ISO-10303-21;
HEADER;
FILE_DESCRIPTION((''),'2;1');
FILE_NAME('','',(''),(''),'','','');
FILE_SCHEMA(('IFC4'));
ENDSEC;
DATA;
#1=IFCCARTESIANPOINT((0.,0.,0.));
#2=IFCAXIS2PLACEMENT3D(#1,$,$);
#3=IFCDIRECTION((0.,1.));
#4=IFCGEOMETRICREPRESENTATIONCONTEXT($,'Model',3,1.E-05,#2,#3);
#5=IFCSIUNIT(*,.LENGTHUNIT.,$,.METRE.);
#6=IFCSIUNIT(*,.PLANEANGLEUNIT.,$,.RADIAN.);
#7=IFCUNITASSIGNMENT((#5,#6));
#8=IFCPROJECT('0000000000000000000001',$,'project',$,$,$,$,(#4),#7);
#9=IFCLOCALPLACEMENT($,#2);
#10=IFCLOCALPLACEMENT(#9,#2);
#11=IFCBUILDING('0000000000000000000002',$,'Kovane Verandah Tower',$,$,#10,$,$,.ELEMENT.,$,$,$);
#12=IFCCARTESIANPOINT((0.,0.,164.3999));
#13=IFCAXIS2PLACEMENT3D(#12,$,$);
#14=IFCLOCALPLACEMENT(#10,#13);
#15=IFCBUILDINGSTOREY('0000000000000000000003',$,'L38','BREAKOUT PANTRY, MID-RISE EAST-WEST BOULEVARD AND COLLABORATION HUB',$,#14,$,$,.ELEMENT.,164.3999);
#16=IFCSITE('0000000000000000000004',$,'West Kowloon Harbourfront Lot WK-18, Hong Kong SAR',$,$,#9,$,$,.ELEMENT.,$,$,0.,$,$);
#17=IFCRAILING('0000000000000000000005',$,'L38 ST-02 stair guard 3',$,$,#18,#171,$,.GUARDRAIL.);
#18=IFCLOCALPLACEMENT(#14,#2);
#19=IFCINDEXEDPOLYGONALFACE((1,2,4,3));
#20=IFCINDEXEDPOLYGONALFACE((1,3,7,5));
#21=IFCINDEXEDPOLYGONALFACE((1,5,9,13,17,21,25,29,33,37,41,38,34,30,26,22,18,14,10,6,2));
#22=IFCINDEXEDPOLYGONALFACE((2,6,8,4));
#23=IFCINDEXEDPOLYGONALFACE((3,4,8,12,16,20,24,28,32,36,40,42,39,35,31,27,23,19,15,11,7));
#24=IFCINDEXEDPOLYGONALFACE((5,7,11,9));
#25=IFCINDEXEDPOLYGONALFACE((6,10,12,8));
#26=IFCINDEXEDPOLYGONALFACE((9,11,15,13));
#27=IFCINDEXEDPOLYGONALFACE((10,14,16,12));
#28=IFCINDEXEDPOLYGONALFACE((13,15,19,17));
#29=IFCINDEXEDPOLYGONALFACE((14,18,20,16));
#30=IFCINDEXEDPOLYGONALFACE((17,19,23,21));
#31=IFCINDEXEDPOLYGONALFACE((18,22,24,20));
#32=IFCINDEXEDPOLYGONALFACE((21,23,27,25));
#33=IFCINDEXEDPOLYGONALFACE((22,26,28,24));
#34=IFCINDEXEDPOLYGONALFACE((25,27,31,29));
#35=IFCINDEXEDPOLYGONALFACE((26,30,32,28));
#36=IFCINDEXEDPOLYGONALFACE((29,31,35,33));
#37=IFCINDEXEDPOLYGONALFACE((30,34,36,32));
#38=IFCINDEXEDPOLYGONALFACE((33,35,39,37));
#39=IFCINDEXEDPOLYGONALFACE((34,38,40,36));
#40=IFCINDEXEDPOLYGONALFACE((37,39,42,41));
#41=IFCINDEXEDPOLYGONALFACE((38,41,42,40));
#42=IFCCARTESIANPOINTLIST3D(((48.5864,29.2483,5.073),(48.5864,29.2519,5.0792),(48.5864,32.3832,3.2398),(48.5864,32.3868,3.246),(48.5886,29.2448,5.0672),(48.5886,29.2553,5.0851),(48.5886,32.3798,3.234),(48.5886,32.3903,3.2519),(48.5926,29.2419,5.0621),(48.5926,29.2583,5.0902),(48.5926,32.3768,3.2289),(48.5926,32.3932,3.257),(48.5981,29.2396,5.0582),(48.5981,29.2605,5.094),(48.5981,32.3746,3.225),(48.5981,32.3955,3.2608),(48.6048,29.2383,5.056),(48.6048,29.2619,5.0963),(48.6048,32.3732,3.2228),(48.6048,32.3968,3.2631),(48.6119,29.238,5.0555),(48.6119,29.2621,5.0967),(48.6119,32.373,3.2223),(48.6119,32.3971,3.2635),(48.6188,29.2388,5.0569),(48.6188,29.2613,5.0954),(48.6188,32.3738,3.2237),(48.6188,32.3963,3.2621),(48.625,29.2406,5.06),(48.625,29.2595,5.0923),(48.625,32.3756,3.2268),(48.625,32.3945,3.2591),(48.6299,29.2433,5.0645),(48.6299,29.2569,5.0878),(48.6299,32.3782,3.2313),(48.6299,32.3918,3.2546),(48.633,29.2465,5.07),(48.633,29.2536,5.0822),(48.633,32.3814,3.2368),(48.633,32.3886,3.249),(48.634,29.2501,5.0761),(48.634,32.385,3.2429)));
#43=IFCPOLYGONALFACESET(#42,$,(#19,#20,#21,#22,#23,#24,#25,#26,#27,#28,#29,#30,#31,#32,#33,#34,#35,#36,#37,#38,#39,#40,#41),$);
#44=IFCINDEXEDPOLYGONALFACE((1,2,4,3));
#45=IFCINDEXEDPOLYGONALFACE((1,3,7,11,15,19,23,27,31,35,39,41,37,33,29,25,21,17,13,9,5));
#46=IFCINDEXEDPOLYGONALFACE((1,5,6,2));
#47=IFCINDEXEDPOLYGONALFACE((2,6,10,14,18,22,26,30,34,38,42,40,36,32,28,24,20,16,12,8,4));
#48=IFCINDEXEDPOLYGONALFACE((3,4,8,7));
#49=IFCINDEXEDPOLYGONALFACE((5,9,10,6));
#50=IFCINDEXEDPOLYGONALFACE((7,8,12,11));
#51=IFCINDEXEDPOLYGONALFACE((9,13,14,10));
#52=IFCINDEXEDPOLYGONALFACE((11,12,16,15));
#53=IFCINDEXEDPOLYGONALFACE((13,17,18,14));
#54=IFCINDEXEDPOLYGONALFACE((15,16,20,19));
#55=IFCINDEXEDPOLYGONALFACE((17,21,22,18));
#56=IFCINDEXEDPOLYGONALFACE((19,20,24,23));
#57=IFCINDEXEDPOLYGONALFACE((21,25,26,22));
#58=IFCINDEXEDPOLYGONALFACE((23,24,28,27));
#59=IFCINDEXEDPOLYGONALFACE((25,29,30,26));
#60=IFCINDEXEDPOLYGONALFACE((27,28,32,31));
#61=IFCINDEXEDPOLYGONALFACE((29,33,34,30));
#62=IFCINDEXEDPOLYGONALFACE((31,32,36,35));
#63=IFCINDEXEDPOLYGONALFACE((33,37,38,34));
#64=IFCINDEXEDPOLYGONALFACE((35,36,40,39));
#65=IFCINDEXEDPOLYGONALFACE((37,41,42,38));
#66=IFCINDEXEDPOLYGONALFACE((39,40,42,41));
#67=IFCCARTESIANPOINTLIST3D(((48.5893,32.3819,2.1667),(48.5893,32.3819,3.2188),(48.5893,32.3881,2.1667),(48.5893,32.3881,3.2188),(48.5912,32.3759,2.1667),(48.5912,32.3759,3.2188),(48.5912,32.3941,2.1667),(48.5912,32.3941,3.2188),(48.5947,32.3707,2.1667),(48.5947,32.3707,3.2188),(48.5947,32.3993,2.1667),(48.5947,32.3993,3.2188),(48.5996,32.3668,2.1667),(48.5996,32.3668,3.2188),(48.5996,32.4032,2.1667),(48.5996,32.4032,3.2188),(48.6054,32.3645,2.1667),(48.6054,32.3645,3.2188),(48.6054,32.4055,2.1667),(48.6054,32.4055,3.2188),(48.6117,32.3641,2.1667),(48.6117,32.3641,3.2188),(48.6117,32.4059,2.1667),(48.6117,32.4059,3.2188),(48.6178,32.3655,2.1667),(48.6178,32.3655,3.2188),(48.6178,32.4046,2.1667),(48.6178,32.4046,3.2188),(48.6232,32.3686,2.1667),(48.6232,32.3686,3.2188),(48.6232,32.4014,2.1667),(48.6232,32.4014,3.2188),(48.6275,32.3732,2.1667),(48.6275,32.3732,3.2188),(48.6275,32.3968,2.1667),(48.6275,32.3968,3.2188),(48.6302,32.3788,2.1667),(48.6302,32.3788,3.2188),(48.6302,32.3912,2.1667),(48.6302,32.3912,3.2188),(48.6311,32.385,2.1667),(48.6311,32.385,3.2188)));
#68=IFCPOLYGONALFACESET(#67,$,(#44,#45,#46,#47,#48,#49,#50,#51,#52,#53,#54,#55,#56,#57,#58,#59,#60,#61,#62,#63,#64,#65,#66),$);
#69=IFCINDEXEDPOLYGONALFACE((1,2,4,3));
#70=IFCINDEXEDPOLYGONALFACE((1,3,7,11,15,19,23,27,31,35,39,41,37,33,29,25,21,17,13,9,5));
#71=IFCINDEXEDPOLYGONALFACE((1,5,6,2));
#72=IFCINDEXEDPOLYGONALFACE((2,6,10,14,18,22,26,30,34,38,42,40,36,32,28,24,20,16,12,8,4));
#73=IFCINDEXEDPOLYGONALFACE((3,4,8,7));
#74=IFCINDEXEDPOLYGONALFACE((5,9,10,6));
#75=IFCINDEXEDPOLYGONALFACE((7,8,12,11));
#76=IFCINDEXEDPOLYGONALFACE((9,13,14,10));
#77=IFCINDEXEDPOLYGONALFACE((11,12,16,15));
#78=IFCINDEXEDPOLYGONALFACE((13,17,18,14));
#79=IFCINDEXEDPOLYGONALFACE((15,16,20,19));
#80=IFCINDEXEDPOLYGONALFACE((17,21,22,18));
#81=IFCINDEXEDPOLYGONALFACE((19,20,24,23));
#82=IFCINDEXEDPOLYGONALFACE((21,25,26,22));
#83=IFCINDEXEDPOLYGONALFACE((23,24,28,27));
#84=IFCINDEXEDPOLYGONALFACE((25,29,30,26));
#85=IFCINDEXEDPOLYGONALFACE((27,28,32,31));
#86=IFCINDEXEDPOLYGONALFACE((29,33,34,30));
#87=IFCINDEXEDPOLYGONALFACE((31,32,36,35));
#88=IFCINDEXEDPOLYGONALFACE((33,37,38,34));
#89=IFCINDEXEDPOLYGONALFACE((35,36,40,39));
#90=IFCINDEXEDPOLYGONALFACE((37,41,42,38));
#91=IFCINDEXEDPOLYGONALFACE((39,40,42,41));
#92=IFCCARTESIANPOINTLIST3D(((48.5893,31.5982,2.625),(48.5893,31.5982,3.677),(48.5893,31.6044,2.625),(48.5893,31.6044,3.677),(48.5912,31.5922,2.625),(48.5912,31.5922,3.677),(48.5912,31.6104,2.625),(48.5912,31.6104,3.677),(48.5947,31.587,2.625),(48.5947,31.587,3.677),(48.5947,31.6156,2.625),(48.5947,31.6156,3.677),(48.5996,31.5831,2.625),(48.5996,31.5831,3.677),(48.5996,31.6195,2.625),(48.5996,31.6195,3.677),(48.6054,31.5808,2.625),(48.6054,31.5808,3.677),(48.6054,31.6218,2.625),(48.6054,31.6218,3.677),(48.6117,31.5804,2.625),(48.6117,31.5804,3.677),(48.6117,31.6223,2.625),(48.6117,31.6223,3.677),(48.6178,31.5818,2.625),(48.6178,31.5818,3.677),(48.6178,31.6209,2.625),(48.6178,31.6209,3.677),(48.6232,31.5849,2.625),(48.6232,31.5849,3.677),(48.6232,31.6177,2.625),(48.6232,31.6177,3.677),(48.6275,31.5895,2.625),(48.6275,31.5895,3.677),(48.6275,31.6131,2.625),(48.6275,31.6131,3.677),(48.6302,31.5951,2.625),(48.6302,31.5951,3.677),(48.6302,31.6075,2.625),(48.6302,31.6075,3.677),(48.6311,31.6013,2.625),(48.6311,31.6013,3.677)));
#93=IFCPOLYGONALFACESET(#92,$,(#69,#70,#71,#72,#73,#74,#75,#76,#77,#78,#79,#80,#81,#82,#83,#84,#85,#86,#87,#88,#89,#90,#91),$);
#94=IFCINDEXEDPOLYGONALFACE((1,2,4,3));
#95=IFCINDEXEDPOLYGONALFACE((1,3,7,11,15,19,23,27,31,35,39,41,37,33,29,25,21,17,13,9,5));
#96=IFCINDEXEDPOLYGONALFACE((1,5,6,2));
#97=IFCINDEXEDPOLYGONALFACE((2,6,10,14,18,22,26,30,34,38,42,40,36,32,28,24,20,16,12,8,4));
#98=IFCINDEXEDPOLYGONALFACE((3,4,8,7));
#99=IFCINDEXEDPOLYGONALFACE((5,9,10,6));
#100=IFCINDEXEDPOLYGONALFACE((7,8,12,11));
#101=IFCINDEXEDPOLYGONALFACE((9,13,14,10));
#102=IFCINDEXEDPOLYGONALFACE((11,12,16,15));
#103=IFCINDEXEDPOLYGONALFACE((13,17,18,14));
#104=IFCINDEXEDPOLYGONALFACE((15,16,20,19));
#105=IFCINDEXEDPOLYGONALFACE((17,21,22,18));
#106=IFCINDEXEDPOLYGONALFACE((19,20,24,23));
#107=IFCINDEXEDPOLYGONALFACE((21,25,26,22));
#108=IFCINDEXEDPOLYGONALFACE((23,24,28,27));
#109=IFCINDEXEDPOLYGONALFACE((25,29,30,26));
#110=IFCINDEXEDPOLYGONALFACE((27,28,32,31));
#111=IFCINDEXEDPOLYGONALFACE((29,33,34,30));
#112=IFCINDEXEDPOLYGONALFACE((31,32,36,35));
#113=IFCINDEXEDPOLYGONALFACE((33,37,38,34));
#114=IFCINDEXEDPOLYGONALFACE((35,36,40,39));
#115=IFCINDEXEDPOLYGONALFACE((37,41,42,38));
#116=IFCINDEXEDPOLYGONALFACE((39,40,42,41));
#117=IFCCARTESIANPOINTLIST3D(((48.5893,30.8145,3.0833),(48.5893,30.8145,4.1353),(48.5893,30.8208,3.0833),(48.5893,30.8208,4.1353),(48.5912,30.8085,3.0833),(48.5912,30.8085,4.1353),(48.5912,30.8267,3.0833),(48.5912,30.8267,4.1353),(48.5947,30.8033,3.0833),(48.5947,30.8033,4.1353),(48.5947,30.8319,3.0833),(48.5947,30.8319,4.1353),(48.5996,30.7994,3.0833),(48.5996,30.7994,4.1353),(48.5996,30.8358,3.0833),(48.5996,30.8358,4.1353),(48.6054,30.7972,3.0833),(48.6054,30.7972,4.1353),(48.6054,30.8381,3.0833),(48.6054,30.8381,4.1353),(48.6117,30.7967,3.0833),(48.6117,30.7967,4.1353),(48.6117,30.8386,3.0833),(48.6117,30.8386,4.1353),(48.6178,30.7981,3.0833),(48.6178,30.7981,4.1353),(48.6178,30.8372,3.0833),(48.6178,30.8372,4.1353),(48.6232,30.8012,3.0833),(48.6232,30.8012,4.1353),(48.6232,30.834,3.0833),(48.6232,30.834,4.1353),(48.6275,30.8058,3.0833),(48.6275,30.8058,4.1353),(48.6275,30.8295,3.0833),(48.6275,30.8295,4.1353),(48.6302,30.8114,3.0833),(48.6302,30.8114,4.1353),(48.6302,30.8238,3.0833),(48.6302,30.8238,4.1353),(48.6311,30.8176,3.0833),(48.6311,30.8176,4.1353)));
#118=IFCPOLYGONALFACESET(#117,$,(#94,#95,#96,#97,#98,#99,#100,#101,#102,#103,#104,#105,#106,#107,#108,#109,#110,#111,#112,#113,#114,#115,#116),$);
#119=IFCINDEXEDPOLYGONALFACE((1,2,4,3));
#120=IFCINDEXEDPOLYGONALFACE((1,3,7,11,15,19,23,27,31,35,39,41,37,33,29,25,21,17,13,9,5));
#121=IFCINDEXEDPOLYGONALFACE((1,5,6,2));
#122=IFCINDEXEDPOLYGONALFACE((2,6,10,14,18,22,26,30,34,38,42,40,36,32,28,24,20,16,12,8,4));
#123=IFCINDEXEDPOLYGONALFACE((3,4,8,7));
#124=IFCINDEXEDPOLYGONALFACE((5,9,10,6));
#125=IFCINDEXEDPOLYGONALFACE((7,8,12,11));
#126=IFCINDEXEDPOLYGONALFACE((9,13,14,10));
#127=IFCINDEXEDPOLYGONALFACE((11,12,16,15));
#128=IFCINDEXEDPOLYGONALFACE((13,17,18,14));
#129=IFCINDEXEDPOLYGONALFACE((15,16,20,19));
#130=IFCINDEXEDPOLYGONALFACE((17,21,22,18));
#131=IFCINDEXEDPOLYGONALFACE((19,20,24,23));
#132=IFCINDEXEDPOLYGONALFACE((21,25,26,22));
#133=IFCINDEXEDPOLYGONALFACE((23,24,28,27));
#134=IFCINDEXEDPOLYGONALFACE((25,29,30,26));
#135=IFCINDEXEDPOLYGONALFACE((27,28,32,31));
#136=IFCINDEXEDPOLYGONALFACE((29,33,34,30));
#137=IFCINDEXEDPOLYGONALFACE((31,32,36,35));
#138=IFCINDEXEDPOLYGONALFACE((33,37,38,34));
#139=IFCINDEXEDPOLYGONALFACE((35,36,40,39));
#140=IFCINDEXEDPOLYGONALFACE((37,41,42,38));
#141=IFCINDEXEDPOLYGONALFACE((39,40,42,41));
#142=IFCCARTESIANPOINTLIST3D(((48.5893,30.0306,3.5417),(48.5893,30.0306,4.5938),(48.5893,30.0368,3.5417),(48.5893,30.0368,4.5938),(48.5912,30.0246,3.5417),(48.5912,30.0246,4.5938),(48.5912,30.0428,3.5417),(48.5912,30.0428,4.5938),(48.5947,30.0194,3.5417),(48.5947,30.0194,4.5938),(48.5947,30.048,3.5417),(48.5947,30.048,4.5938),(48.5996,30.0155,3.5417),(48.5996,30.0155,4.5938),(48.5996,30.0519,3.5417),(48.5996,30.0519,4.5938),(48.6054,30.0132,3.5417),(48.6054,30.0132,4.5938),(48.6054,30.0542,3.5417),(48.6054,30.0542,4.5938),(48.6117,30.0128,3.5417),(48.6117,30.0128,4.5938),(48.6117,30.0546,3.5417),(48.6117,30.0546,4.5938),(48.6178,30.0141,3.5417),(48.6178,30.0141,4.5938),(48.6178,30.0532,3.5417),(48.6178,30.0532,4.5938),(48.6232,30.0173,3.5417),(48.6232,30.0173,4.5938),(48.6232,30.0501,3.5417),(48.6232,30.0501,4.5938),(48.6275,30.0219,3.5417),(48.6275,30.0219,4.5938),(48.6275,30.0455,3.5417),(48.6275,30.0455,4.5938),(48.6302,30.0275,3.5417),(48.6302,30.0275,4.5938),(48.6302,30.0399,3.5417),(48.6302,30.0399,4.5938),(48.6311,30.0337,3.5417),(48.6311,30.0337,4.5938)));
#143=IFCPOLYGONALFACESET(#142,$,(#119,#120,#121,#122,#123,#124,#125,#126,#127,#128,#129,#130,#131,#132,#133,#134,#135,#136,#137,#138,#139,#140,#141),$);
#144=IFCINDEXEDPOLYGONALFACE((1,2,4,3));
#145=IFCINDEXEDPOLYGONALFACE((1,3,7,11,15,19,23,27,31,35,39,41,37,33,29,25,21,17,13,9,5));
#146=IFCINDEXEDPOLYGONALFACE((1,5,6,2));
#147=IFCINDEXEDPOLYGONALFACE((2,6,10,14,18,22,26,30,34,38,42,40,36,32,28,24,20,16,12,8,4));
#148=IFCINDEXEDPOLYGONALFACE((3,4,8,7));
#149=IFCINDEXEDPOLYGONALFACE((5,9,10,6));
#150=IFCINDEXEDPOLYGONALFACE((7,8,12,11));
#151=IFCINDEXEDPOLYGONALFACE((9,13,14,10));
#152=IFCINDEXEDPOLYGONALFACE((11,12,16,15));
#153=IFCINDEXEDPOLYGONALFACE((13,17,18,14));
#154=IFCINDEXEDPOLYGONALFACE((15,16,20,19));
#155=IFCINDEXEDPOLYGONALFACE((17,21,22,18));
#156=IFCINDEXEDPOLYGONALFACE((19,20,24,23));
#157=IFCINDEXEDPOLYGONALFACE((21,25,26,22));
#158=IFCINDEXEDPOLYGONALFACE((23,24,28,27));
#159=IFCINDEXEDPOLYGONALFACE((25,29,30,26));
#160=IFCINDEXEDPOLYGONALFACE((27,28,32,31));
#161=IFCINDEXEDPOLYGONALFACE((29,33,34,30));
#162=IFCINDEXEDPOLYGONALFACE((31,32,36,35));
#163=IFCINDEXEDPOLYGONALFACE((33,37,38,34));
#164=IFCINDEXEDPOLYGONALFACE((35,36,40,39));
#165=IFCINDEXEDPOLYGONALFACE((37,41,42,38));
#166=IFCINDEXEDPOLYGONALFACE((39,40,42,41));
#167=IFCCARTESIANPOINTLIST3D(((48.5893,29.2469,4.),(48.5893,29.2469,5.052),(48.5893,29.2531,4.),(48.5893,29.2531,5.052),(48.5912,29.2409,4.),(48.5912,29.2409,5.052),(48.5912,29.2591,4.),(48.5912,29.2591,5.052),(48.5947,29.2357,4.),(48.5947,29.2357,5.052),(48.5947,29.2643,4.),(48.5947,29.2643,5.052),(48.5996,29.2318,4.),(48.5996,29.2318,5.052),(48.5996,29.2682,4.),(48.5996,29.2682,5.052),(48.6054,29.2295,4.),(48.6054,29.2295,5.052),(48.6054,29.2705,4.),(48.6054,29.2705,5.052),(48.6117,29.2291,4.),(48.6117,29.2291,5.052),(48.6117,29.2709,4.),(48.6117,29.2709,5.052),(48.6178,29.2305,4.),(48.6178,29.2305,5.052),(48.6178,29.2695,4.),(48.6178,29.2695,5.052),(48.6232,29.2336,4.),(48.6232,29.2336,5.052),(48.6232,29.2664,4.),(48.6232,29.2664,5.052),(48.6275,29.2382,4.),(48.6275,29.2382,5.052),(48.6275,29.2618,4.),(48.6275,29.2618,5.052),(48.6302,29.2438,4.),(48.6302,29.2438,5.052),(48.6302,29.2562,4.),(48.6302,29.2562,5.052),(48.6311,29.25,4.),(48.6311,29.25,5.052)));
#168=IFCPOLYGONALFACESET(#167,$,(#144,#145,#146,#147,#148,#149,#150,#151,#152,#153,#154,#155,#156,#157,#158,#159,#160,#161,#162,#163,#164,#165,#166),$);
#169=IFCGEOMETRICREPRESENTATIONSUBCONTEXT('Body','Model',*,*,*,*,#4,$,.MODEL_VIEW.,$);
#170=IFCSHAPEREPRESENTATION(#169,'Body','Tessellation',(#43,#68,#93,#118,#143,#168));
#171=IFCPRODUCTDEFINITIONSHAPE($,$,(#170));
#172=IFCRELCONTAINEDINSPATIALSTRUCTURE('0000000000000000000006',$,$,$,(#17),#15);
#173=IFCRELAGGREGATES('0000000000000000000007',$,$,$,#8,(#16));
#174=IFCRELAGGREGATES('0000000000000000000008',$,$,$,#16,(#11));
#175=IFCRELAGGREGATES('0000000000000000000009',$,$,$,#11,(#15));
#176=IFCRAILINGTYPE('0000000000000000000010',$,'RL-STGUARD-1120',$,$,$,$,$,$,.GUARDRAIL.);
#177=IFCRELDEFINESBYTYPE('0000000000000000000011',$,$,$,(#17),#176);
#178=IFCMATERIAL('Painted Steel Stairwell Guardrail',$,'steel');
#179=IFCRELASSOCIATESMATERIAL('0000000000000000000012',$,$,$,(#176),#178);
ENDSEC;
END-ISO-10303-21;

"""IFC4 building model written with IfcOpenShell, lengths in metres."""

from ifc_helpers import new_model, si_unit, direction, frame, origin, origin_2d, place, context, subcontext, project, spatial, circle, extrude, material, type_object, element, save


model = new_model("IFC4")

# Units and contexts
model_context = context("Model", 3, precision=1e-05, world=origin(), true_north=direction((0.0, 1.0)))
body_context = subcontext(model_context, "Body", "Model", "MODEL_VIEW")
ifc_project = project(units=[si_unit("LENGTHUNIT", "METRE"), si_unit("PLANEANGLEUNIT", "RADIAN")], contexts=[model_context])

# Site, building, storey
site_placement = place(None, origin())
site = spatial("IfcSite", under=ifc_project, at=site_placement, Name="West Kowloon Harbourfront Lot WK-18, Hong Kong SAR", CompositionType="ELEMENT", RefElevation=0.0)
building_placement = place(site_placement, origin())
building = spatial("IfcBuilding", under=site, at=building_placement, Name="Kovane Verandah Tower", CompositionType="ELEMENT")
storey_placement = place(building_placement, frame((0.0, 0.0, 164.3999)))
storey = spatial("IfcBuildingStorey", under=building, at=storey_placement, Name="L38", Description="BREAKOUT PANTRY, MID-RISE EAST-WEST BOULEVARD AND COLLABORATION HUB", CompositionType="ELEMENT", Elevation=164.3999)

# Railing
ifc_material_1 = material(Name="Painted Steel Stairwell Guardrail", Category="steel")
railing_type_1 = type_object("IfcRailingType", Name="RL-STGUARD-1120", PredefinedType="GUARDRAIL", material=ifc_material_1)
railing_1_placement = place(storey_placement, frame((48.6101, 32.385, 2.1667)))
element("IfcRailing", 1, at=railing_1_placement, inside=storey, type_object=railing_type_1, Name="L38 ST-02 stair guard 3", PredefinedType="GUARDRAIL", context=body_context, shape_type="SweptSolid", body=[
    extrude(circle(Radius=0.0239, at=origin_2d()), frame((0.0, 0.0, 1.0762), z_axis=(0.0, -0.86324, 0.504794), x_axis=(1.0, 0.0, 0.0)), (0.0, 0.0, 1.0), 3.6316),
    extrude(circle(Radius=0.021, at=origin_2d()), origin(), (0.0, 0.0, 1.0), 1.052),
    extrude(circle(Radius=0.021, at=origin_2d()), frame((0.0, -0.7837, 0.4583)), (0.0, 0.0, 1.0), 1.052),
    extrude(circle(Radius=0.021, at=origin_2d()), frame((0.0, -1.5674, 0.9165)), (0.0, 0.0, 1.0), 1.052),
    extrude(circle(Radius=0.021, at=origin_2d()), frame((0.0, -2.3513, 1.375)), (0.0, 0.0, 1.0), 1.052),
    extrude(circle(Radius=0.021, at=origin_2d()), frame((0.0, -3.135, 1.8333)), (0.0, 0.0, 1.0), 1.052),
])

save(model, "model.ifc")
